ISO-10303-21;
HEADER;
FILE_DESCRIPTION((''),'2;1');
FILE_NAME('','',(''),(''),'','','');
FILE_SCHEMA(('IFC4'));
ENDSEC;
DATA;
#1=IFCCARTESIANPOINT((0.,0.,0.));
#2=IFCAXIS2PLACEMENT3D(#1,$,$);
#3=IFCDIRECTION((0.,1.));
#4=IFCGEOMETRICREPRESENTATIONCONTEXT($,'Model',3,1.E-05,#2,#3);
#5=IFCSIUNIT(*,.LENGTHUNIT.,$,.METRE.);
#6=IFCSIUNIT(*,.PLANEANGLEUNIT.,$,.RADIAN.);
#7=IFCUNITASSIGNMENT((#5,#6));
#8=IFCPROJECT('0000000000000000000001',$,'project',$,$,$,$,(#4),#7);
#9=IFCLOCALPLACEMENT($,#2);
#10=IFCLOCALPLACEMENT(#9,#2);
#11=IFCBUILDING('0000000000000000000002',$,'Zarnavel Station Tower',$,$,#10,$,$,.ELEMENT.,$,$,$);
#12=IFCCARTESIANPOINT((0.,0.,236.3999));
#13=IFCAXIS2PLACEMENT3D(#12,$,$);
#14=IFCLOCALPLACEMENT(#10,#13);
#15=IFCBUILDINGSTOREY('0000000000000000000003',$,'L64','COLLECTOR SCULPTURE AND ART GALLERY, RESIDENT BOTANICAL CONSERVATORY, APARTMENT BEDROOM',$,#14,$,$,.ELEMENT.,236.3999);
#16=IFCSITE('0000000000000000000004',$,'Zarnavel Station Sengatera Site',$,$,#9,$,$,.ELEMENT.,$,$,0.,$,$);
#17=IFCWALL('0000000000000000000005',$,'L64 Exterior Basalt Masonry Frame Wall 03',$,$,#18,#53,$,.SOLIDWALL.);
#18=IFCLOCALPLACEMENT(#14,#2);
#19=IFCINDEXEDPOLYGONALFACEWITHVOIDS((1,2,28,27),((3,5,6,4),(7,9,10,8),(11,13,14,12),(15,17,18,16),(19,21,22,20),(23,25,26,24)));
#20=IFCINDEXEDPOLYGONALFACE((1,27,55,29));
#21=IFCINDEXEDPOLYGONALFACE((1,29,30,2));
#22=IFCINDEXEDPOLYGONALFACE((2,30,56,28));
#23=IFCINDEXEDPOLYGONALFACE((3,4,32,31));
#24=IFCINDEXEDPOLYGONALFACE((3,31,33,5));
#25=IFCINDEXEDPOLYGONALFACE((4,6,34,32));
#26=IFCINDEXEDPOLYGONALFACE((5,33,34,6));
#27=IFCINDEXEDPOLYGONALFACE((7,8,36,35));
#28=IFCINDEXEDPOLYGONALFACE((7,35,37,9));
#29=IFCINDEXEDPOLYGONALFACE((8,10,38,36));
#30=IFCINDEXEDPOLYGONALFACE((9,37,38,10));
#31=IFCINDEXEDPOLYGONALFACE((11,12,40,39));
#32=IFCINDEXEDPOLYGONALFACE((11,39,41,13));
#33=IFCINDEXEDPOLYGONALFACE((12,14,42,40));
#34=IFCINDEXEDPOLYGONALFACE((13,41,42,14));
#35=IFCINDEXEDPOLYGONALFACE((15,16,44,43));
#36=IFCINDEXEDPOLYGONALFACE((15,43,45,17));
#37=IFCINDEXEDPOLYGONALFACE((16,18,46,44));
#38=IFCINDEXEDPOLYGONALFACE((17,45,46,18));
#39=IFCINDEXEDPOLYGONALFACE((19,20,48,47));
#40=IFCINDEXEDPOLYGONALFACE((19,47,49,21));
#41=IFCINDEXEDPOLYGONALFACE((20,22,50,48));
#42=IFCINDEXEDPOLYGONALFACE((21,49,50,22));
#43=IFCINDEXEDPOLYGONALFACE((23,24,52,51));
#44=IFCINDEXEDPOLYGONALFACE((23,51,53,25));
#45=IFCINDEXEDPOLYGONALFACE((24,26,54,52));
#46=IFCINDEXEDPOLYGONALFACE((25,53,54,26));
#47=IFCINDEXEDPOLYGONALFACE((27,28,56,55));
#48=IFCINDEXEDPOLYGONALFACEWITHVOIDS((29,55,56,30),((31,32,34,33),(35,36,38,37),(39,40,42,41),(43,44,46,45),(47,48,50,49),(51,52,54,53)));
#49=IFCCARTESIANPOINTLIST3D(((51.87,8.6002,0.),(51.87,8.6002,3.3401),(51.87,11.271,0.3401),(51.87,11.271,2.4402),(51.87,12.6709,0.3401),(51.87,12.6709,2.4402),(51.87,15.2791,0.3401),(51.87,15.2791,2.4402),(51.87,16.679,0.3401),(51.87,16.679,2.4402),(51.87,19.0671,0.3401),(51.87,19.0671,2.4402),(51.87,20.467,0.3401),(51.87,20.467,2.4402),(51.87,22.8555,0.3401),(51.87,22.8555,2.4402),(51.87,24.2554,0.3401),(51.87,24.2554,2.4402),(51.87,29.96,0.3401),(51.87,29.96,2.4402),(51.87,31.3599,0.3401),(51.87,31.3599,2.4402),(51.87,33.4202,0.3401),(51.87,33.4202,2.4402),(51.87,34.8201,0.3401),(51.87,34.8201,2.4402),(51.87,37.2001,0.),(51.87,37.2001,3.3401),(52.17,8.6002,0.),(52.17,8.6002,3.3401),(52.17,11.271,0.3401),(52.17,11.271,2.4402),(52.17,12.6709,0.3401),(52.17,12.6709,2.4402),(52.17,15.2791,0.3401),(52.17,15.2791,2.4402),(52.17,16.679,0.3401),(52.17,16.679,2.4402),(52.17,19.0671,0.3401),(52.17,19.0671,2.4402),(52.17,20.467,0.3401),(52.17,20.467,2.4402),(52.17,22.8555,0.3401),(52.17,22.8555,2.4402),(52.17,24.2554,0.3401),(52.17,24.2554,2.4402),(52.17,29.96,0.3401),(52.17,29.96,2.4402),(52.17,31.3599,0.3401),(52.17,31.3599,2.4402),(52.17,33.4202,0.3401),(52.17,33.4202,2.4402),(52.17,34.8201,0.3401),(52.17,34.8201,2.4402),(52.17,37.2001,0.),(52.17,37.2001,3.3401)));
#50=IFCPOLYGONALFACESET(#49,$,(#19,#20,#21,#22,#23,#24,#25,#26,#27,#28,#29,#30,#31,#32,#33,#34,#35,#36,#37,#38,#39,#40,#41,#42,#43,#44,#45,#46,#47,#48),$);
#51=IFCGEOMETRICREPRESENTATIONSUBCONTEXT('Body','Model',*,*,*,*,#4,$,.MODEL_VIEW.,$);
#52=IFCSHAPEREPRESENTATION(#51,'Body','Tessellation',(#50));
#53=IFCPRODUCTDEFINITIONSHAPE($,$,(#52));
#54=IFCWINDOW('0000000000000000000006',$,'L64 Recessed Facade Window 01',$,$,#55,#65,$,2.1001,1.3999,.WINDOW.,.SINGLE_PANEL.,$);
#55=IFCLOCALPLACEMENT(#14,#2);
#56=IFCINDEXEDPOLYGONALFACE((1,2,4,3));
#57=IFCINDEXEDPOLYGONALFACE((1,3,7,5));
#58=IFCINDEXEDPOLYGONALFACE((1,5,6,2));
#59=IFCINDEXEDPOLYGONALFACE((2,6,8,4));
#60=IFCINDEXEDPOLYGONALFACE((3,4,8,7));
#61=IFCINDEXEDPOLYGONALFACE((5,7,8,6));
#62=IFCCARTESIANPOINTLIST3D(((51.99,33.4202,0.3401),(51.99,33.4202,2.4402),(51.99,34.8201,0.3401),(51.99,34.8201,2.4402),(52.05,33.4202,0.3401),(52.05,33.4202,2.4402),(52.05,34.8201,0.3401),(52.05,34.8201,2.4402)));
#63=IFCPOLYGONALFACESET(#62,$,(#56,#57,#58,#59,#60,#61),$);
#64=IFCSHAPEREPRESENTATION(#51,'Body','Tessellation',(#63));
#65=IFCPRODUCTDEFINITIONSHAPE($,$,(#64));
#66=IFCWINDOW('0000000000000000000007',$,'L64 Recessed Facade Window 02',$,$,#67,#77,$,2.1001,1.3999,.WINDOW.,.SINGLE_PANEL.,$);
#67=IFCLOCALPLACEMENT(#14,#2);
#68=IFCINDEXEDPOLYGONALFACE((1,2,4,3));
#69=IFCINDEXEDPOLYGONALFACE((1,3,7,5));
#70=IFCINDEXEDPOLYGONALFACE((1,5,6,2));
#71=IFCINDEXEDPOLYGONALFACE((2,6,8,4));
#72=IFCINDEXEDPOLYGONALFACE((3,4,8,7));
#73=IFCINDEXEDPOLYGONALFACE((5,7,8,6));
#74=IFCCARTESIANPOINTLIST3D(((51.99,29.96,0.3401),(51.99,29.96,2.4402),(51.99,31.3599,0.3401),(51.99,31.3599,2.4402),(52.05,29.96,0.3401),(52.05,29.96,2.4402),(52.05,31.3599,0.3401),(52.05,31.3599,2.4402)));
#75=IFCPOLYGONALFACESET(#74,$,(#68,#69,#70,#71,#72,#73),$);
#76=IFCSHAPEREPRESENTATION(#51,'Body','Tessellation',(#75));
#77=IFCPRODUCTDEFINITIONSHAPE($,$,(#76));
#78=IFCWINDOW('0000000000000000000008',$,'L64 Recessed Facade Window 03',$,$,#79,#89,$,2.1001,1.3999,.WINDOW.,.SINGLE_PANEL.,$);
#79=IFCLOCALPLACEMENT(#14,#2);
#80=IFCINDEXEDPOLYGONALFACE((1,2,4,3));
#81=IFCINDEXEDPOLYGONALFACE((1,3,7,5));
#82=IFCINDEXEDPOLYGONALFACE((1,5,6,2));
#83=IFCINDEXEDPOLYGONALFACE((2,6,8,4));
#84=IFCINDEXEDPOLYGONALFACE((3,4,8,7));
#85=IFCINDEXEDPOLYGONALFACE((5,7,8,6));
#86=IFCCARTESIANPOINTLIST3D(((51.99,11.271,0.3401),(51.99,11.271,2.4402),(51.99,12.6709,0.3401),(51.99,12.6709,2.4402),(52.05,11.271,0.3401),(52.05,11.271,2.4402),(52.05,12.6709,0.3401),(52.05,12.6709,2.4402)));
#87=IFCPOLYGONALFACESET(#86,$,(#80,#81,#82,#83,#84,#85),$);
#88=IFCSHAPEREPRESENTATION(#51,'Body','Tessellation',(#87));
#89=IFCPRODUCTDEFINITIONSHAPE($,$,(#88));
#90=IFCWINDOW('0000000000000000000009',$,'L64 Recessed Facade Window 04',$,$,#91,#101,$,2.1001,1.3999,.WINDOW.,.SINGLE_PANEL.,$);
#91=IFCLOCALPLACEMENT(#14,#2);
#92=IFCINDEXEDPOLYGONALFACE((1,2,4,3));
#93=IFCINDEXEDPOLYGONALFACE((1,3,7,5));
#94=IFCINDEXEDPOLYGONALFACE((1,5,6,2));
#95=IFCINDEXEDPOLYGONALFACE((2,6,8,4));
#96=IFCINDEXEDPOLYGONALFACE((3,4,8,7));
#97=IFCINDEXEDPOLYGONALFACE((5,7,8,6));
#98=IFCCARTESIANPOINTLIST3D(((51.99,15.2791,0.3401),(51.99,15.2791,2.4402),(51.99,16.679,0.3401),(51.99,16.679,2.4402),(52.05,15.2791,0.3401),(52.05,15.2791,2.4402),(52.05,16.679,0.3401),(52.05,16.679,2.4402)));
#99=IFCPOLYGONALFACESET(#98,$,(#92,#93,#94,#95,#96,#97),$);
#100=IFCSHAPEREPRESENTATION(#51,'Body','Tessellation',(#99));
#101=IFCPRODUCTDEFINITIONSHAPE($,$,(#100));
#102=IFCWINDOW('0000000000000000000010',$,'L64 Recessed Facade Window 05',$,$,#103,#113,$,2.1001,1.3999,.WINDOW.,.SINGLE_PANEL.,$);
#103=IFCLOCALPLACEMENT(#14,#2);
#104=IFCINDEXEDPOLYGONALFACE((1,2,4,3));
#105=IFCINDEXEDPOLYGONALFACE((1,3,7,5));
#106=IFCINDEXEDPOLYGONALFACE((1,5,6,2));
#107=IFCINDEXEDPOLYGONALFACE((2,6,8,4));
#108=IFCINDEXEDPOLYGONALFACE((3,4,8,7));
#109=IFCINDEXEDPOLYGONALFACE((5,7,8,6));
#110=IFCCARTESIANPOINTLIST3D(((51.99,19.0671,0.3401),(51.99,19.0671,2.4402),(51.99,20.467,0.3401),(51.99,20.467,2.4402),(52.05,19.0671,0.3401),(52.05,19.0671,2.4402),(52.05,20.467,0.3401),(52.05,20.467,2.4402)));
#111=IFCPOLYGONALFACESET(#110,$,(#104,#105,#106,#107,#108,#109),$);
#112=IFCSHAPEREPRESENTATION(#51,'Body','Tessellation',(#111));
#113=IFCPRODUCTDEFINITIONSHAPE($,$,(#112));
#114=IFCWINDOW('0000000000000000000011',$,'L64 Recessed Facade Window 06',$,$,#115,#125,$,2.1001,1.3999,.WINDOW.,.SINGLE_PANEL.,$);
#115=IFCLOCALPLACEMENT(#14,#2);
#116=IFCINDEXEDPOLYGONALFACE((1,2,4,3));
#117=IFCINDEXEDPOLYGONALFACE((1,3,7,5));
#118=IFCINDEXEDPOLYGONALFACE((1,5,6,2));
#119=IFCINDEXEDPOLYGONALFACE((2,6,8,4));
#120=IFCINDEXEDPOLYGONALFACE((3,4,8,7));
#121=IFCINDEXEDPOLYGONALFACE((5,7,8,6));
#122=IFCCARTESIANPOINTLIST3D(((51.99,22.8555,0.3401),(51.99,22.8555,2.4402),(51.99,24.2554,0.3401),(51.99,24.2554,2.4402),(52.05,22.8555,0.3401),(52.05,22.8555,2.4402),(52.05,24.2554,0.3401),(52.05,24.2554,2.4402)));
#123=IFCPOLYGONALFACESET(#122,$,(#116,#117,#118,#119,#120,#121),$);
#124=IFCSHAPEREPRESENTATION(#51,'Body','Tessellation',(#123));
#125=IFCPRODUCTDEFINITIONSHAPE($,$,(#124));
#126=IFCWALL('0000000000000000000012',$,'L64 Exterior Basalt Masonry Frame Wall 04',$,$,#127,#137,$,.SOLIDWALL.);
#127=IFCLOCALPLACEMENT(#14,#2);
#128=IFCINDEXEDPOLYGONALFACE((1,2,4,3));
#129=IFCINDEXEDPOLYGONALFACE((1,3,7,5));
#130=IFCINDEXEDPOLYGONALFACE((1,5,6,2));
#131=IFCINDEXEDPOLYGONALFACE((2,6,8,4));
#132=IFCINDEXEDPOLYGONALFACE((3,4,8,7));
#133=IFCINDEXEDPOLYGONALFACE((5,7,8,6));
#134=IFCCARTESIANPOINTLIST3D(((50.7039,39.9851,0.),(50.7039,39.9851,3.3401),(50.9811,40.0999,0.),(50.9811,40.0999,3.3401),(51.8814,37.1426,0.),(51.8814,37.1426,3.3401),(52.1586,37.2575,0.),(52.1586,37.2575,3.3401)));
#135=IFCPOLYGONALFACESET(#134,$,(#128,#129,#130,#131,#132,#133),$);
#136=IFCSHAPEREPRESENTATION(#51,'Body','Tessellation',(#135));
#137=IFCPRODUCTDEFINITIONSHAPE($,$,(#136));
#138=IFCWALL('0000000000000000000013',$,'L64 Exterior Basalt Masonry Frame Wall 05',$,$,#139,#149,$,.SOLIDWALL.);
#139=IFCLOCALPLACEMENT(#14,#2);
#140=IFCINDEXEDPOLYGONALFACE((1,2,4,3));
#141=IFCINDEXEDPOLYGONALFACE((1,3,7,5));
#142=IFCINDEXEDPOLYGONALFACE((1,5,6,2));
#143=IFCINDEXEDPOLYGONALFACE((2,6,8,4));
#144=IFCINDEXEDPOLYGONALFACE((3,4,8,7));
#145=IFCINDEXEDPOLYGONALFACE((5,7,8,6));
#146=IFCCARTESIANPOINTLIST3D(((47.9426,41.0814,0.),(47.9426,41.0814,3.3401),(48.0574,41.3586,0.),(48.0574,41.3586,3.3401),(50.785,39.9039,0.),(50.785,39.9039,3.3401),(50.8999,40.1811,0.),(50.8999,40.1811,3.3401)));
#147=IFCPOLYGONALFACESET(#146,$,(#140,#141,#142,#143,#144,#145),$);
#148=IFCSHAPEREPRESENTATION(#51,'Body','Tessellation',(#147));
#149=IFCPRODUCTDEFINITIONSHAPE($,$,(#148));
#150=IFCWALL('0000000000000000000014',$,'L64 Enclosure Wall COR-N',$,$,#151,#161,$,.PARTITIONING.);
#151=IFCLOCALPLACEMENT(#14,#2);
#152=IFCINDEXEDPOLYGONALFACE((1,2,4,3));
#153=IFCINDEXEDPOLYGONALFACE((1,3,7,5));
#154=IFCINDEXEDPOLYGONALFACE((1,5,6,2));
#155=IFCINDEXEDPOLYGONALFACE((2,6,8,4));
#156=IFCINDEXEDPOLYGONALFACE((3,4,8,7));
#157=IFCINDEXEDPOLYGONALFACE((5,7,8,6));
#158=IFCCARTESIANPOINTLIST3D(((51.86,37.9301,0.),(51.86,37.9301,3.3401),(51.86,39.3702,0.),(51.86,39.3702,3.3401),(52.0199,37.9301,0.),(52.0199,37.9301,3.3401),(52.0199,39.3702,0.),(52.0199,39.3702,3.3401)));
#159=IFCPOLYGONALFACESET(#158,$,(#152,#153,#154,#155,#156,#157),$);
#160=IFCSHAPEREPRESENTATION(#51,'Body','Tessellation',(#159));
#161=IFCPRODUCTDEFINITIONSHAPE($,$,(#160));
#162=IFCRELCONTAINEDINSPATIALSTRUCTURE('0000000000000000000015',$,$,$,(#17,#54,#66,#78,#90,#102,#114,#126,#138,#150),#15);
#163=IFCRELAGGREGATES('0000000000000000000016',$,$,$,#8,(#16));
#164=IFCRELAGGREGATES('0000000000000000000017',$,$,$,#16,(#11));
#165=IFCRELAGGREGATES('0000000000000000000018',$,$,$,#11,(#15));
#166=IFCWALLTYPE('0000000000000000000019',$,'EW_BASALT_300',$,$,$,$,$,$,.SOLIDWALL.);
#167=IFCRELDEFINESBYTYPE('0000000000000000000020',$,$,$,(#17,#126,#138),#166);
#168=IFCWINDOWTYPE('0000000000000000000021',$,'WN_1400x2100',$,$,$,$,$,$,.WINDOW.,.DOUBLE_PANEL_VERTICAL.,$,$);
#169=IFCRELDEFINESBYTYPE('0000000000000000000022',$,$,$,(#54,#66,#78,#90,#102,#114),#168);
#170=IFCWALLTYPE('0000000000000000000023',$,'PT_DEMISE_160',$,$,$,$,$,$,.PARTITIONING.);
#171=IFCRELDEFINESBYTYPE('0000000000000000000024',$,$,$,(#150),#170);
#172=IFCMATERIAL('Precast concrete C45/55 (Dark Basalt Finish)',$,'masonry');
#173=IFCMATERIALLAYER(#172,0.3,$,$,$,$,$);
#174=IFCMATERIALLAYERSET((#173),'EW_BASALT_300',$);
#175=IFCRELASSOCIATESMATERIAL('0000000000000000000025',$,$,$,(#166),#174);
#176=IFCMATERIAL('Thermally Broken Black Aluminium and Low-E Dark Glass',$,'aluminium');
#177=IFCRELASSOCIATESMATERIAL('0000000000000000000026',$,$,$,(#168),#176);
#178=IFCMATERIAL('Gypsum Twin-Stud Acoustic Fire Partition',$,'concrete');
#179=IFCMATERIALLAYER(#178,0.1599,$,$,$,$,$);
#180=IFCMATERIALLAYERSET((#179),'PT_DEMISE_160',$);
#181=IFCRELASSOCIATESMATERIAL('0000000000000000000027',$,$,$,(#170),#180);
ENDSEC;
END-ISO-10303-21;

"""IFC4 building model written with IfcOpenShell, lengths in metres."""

from ifc_helpers import new_model, si_unit, direction, frame, frame_2d, origin, place, context, subcontext, project, spatial, rectangle, extrude, material, layer, layer_set, type_object, element, fill, save


model = new_model("IFC4")

# Units and contexts
model_context = context("Model", 3, precision=1e-05, world=origin(), true_north=direction((0.0, 1.0)))
body_context = subcontext(model_context, "Body", "Model", "MODEL_VIEW")
ifc_project = project(units=[si_unit("LENGTHUNIT", "METRE"), si_unit("PLANEANGLEUNIT", "RADIAN")], contexts=[model_context])

# Site, building, storey
site_placement = place(None, origin())
site = spatial("IfcSite", under=ifc_project, at=site_placement, Name="Zarnavel Station Sengatera Site", CompositionType="ELEMENT", RefElevation=0.0)
building_placement = place(site_placement, origin())
building = spatial("IfcBuilding", under=site, at=building_placement, Name="Zarnavel Station Tower", CompositionType="ELEMENT")
storey_placement = place(building_placement, frame((0.0, 0.0, 236.3999)))
storey = spatial("IfcBuildingStorey", under=building, at=storey_placement, Name="L64", Description="COLLECTOR SCULPTURE AND ART GALLERY, RESIDENT BOTANICAL CONSERVATORY, APARTMENT BEDROOM", CompositionType="ELEMENT", Elevation=236.3999)

# Wall, openings, windows
ifc_material_1 = material(Name="Precast concrete C45/55 (Dark Basalt Finish)", Category="masonry")
ifc_layer_1 = layer(ifc_material_1, 0.3)
ifc_layer_set_1 = layer_set([ifc_layer_1], Name="EW_BASALT_300")
wall_type_1 = type_object("IfcWallType", Name="EW_BASALT_300", PredefinedType="SOLIDWALL", material=ifc_layer_set_1)
wall_1_placement = place(storey_placement, frame((52.02, 37.2, 0.0), z_axis=(0.0, 0.0, 1.0), x_axis=(0.0, -1.0, 0.0)))
wall_1 = element("IfcWall", 1, at=wall_1_placement, inside=storey, type_object=wall_type_1, Name="L64 Exterior Basalt Masonry Frame Wall 03", PredefinedType="SOLIDWALL", context=body_context, shape_type="SweptSolid", body=[
    extrude(rectangle(XDim=28.5999, YDim=0.3, at=frame_2d((14.2998, 0.0))), origin(), (0.0, 0.0, 1.0), 3.3401),
])
opening_1_placement = place(wall_1_placement, frame((2.3799, 0.0, 0.3401)))
opening_1 = element("IfcOpeningElement", 2, at=opening_1_placement, cuts=wall_1, PredefinedType="OPENING", context=body_context, shape_type="SweptSolid", body=[
    extrude(rectangle(XDim=1.3999, YDim=2.1001, at=frame_2d((0.7, 1.05))), frame((0.0, 0.1599, 0.0), z_axis=(0.0, -1.0, 0.0), x_axis=(1.0, 0.0, 0.0)), (0.0, 0.0, 1.0), 0.3201),
])
opening_2_placement = place(wall_1_placement, frame((5.8401, 0.0, 0.3401)))
opening_2 = element("IfcOpeningElement", 3, at=opening_2_placement, cuts=wall_1, PredefinedType="OPENING", context=body_context, shape_type="SweptSolid", body=[
    extrude(rectangle(XDim=1.3999, YDim=2.1001, at=frame_2d((0.7, 1.05))), frame((0.0, 0.1599, 0.0), z_axis=(0.0, -1.0, 0.0), x_axis=(1.0, 0.0, 0.0)), (0.0, 0.0, 1.0), 0.3201),
])
opening_3_placement = place(wall_1_placement, frame((24.5291, 0.0, 0.3401)))
opening_3 = element("IfcOpeningElement", 4, at=opening_3_placement, cuts=wall_1, PredefinedType="OPENING", context=body_context, shape_type="SweptSolid", body=[
    extrude(rectangle(XDim=1.3999, YDim=2.1001, at=frame_2d((0.7, 1.05))), frame((0.0, 0.1599, 0.0), z_axis=(0.0, -1.0, 0.0), x_axis=(1.0, 0.0, 0.0)), (0.0, 0.0, 1.0), 0.3201),
])
opening_4_placement = place(wall_1_placement, frame((20.521, 0.0, 0.3401)))
opening_4 = element("IfcOpeningElement", 5, at=opening_4_placement, cuts=wall_1, PredefinedType="OPENING", context=body_context, shape_type="SweptSolid", body=[
    extrude(rectangle(XDim=1.3999, YDim=2.1001, at=frame_2d((0.7, 1.05))), frame((0.0, 0.1599, 0.0), z_axis=(0.0, -1.0, 0.0), x_axis=(1.0, 0.0, 0.0)), (0.0, 0.0, 1.0), 0.3201),
])
opening_5_placement = place(wall_1_placement, frame((16.7329, 0.0, 0.3401)))
opening_5 = element("IfcOpeningElement", 6, at=opening_5_placement, cuts=wall_1, PredefinedType="OPENING", context=body_context, shape_type="SweptSolid", body=[
    extrude(rectangle(XDim=1.3999, YDim=2.1001, at=frame_2d((0.7, 1.05))), frame((0.0, 0.1599, 0.0), z_axis=(0.0, -1.0, 0.0), x_axis=(1.0, 0.0, 0.0)), (0.0, 0.0, 1.0), 0.3201),
])
opening_6_placement = place(wall_1_placement, frame((12.9446, 0.0, 0.3401)))
opening_6 = element("IfcOpeningElement", 7, at=opening_6_placement, cuts=wall_1, PredefinedType="OPENING", context=body_context, shape_type="SweptSolid", body=[
    extrude(rectangle(XDim=1.3999, YDim=2.1001, at=frame_2d((0.7, 1.05))), frame((0.0, 0.1599, 0.0), z_axis=(0.0, -1.0, 0.0), x_axis=(1.0, 0.0, 0.0)), (0.0, 0.0, 1.0), 0.3201),
])
ifc_material_2 = material(Name="Thermally Broken Black Aluminium and Low-E Dark Glass", Category="aluminium")
window_type = type_object("IfcWindowType", Name="WN_1400x2100", PartitioningType="DOUBLE_PANEL_VERTICAL", PredefinedType="WINDOW", material=ifc_material_2)
window_1_placement = place(opening_1_placement, origin())
window_1 = element("IfcWindow", 8, at=window_1_placement, inside=storey, type_object=window_type, Name="L64 Recessed Facade Window 01", OverallHeight=2.1001, OverallWidth=1.3999, PartitioningType="SINGLE_PANEL", PredefinedType="WINDOW", context=body_context, shape_type="SweptSolid", body=[
    extrude(rectangle(XDim=1.3999, YDim=2.1001, at=frame_2d((0.7, 1.05))), frame((0.0, 0.03, 0.0), z_axis=(0.0, -1.0, 0.0), x_axis=(1.0, 0.0, 0.0)), (0.0, 0.0, 1.0), 0.0601),
])
fill(opening_1, window_1)
window_2_placement = place(opening_2_placement, origin())
window_2 = element("IfcWindow", 9, at=window_2_placement, inside=storey, type_object=window_type, Name="L64 Recessed Facade Window 02", OverallHeight=2.1001, OverallWidth=1.3999, PartitioningType="SINGLE_PANEL", PredefinedType="WINDOW", context=body_context, shape_type="SweptSolid", body=[
    extrude(rectangle(XDim=1.3999, YDim=2.1001, at=frame_2d((0.7, 1.05))), frame((0.0, 0.03, 0.0), z_axis=(0.0, -1.0, 0.0), x_axis=(1.0, 0.0, 0.0)), (0.0, 0.0, 1.0), 0.0601),
])
fill(opening_2, window_2)
window_3_placement = place(opening_3_placement, origin())
window_3 = element("IfcWindow", 10, at=window_3_placement, inside=storey, type_object=window_type, Name="L64 Recessed Facade Window 03", OverallHeight=2.1001, OverallWidth=1.3999, PartitioningType="SINGLE_PANEL", PredefinedType="WINDOW", context=body_context, shape_type="SweptSolid", body=[
    extrude(rectangle(XDim=1.3999, YDim=2.1001, at=frame_2d((0.7, 1.05))), frame((0.0, 0.03, 0.0), z_axis=(0.0, -1.0, 0.0), x_axis=(1.0, 0.0, 0.0)), (0.0, 0.0, 1.0), 0.0601),
])
fill(opening_3, window_3)
window_4_placement = place(opening_4_placement, origin())
window_4 = element("IfcWindow", 11, at=window_4_placement, inside=storey, type_object=window_type, Name="L64 Recessed Facade Window 04", OverallHeight=2.1001, OverallWidth=1.3999, PartitioningType="SINGLE_PANEL", PredefinedType="WINDOW", context=body_context, shape_type="SweptSolid", body=[
    extrude(rectangle(XDim=1.3999, YDim=2.1001, at=frame_2d((0.7, 1.05))), frame((0.0, 0.03, 0.0), z_axis=(0.0, -1.0, 0.0), x_axis=(1.0, 0.0, 0.0)), (0.0, 0.0, 1.0), 0.0601),
])
fill(opening_4, window_4)
window_5_placement = place(opening_5_placement, origin())
window_5 = element("IfcWindow", 12, at=window_5_placement, inside=storey, type_object=window_type, Name="L64 Recessed Facade Window 05", OverallHeight=2.1001, OverallWidth=1.3999, PartitioningType="SINGLE_PANEL", PredefinedType="WINDOW", context=body_context, shape_type="SweptSolid", body=[
    extrude(rectangle(XDim=1.3999, YDim=2.1001, at=frame_2d((0.7, 1.05))), frame((0.0, 0.03, 0.0), z_axis=(0.0, -1.0, 0.0), x_axis=(1.0, 0.0, 0.0)), (0.0, 0.0, 1.0), 0.0601),
])
fill(opening_5, window_5)
window_6_placement = place(opening_6_placement, origin())
window_6 = element("IfcWindow", 13, at=window_6_placement, inside=storey, type_object=window_type, Name="L64 Recessed Facade Window 06", OverallHeight=2.1001, OverallWidth=1.3999, PartitioningType="SINGLE_PANEL", PredefinedType="WINDOW", context=body_context, shape_type="SweptSolid", body=[
    extrude(rectangle(XDim=1.3999, YDim=2.1001, at=frame_2d((0.7, 1.05))), frame((0.0, 0.03, 0.0), z_axis=(0.0, -1.0, 0.0), x_axis=(1.0, 0.0, 0.0)), (0.0, 0.0, 1.0), 0.0601),
])
fill(opening_6, window_6)

# Walls
for number, where, z_axis, x_axis, name in (
    (14, (50.8425, 40.0425, 0.0), (0.0, 0.0, 1.0), (0.382705, -0.923871, 0.0), "L64 Exterior Basalt Masonry Frame Wall 04"),
    (15, (48.0, 41.22, 0.0), (0.0, 0.0, 1.0), (0.923871, -0.382705, 0.0), "L64 Exterior Basalt Masonry Frame Wall 05"),
):
    element("IfcWall", number, at=place(storey_placement, frame(where, z_axis=z_axis, x_axis=x_axis)), inside=storey, type_object=wall_type_1, Name=name, PredefinedType="SOLIDWALL", context=body_context, shape_type="SweptSolid", body=[
        extrude(rectangle(XDim=3.0767, YDim=0.3, at=frame_2d((1.5383, 0.0))), origin(), (0.0, 0.0, 1.0), 3.3401),
    ])
ifc_material_3 = material(Name="Gypsum Twin-Stud Acoustic Fire Partition", Category="concrete")
ifc_layer_2 = layer(ifc_material_3, 0.1599)
ifc_layer_set_2 = layer_set([ifc_layer_2], Name="PT_DEMISE_160")
wall_type_2 = type_object("IfcWallType", Name="PT_DEMISE_160", PredefinedType="PARTITIONING", material=ifc_layer_set_2)
wall_2_placement = place(storey_placement, frame((51.9399, 37.9299, 0.0), z_axis=(0.0, 0.0, 1.0), x_axis=(0.0, 1.0, 0.0)))
element("IfcWall", 16, at=wall_2_placement, inside=storey, type_object=wall_type_2, Name="L64 Enclosure Wall COR-N", PredefinedType="PARTITIONING", context=body_context, shape_type="SweptSolid", body=[
    extrude(rectangle(XDim=1.4402, YDim=0.1599, at=frame_2d((0.7202, 0.0))), origin(), (0.0, 0.0, 1.0), 3.3401),
])

save(model, "model.ifc")
